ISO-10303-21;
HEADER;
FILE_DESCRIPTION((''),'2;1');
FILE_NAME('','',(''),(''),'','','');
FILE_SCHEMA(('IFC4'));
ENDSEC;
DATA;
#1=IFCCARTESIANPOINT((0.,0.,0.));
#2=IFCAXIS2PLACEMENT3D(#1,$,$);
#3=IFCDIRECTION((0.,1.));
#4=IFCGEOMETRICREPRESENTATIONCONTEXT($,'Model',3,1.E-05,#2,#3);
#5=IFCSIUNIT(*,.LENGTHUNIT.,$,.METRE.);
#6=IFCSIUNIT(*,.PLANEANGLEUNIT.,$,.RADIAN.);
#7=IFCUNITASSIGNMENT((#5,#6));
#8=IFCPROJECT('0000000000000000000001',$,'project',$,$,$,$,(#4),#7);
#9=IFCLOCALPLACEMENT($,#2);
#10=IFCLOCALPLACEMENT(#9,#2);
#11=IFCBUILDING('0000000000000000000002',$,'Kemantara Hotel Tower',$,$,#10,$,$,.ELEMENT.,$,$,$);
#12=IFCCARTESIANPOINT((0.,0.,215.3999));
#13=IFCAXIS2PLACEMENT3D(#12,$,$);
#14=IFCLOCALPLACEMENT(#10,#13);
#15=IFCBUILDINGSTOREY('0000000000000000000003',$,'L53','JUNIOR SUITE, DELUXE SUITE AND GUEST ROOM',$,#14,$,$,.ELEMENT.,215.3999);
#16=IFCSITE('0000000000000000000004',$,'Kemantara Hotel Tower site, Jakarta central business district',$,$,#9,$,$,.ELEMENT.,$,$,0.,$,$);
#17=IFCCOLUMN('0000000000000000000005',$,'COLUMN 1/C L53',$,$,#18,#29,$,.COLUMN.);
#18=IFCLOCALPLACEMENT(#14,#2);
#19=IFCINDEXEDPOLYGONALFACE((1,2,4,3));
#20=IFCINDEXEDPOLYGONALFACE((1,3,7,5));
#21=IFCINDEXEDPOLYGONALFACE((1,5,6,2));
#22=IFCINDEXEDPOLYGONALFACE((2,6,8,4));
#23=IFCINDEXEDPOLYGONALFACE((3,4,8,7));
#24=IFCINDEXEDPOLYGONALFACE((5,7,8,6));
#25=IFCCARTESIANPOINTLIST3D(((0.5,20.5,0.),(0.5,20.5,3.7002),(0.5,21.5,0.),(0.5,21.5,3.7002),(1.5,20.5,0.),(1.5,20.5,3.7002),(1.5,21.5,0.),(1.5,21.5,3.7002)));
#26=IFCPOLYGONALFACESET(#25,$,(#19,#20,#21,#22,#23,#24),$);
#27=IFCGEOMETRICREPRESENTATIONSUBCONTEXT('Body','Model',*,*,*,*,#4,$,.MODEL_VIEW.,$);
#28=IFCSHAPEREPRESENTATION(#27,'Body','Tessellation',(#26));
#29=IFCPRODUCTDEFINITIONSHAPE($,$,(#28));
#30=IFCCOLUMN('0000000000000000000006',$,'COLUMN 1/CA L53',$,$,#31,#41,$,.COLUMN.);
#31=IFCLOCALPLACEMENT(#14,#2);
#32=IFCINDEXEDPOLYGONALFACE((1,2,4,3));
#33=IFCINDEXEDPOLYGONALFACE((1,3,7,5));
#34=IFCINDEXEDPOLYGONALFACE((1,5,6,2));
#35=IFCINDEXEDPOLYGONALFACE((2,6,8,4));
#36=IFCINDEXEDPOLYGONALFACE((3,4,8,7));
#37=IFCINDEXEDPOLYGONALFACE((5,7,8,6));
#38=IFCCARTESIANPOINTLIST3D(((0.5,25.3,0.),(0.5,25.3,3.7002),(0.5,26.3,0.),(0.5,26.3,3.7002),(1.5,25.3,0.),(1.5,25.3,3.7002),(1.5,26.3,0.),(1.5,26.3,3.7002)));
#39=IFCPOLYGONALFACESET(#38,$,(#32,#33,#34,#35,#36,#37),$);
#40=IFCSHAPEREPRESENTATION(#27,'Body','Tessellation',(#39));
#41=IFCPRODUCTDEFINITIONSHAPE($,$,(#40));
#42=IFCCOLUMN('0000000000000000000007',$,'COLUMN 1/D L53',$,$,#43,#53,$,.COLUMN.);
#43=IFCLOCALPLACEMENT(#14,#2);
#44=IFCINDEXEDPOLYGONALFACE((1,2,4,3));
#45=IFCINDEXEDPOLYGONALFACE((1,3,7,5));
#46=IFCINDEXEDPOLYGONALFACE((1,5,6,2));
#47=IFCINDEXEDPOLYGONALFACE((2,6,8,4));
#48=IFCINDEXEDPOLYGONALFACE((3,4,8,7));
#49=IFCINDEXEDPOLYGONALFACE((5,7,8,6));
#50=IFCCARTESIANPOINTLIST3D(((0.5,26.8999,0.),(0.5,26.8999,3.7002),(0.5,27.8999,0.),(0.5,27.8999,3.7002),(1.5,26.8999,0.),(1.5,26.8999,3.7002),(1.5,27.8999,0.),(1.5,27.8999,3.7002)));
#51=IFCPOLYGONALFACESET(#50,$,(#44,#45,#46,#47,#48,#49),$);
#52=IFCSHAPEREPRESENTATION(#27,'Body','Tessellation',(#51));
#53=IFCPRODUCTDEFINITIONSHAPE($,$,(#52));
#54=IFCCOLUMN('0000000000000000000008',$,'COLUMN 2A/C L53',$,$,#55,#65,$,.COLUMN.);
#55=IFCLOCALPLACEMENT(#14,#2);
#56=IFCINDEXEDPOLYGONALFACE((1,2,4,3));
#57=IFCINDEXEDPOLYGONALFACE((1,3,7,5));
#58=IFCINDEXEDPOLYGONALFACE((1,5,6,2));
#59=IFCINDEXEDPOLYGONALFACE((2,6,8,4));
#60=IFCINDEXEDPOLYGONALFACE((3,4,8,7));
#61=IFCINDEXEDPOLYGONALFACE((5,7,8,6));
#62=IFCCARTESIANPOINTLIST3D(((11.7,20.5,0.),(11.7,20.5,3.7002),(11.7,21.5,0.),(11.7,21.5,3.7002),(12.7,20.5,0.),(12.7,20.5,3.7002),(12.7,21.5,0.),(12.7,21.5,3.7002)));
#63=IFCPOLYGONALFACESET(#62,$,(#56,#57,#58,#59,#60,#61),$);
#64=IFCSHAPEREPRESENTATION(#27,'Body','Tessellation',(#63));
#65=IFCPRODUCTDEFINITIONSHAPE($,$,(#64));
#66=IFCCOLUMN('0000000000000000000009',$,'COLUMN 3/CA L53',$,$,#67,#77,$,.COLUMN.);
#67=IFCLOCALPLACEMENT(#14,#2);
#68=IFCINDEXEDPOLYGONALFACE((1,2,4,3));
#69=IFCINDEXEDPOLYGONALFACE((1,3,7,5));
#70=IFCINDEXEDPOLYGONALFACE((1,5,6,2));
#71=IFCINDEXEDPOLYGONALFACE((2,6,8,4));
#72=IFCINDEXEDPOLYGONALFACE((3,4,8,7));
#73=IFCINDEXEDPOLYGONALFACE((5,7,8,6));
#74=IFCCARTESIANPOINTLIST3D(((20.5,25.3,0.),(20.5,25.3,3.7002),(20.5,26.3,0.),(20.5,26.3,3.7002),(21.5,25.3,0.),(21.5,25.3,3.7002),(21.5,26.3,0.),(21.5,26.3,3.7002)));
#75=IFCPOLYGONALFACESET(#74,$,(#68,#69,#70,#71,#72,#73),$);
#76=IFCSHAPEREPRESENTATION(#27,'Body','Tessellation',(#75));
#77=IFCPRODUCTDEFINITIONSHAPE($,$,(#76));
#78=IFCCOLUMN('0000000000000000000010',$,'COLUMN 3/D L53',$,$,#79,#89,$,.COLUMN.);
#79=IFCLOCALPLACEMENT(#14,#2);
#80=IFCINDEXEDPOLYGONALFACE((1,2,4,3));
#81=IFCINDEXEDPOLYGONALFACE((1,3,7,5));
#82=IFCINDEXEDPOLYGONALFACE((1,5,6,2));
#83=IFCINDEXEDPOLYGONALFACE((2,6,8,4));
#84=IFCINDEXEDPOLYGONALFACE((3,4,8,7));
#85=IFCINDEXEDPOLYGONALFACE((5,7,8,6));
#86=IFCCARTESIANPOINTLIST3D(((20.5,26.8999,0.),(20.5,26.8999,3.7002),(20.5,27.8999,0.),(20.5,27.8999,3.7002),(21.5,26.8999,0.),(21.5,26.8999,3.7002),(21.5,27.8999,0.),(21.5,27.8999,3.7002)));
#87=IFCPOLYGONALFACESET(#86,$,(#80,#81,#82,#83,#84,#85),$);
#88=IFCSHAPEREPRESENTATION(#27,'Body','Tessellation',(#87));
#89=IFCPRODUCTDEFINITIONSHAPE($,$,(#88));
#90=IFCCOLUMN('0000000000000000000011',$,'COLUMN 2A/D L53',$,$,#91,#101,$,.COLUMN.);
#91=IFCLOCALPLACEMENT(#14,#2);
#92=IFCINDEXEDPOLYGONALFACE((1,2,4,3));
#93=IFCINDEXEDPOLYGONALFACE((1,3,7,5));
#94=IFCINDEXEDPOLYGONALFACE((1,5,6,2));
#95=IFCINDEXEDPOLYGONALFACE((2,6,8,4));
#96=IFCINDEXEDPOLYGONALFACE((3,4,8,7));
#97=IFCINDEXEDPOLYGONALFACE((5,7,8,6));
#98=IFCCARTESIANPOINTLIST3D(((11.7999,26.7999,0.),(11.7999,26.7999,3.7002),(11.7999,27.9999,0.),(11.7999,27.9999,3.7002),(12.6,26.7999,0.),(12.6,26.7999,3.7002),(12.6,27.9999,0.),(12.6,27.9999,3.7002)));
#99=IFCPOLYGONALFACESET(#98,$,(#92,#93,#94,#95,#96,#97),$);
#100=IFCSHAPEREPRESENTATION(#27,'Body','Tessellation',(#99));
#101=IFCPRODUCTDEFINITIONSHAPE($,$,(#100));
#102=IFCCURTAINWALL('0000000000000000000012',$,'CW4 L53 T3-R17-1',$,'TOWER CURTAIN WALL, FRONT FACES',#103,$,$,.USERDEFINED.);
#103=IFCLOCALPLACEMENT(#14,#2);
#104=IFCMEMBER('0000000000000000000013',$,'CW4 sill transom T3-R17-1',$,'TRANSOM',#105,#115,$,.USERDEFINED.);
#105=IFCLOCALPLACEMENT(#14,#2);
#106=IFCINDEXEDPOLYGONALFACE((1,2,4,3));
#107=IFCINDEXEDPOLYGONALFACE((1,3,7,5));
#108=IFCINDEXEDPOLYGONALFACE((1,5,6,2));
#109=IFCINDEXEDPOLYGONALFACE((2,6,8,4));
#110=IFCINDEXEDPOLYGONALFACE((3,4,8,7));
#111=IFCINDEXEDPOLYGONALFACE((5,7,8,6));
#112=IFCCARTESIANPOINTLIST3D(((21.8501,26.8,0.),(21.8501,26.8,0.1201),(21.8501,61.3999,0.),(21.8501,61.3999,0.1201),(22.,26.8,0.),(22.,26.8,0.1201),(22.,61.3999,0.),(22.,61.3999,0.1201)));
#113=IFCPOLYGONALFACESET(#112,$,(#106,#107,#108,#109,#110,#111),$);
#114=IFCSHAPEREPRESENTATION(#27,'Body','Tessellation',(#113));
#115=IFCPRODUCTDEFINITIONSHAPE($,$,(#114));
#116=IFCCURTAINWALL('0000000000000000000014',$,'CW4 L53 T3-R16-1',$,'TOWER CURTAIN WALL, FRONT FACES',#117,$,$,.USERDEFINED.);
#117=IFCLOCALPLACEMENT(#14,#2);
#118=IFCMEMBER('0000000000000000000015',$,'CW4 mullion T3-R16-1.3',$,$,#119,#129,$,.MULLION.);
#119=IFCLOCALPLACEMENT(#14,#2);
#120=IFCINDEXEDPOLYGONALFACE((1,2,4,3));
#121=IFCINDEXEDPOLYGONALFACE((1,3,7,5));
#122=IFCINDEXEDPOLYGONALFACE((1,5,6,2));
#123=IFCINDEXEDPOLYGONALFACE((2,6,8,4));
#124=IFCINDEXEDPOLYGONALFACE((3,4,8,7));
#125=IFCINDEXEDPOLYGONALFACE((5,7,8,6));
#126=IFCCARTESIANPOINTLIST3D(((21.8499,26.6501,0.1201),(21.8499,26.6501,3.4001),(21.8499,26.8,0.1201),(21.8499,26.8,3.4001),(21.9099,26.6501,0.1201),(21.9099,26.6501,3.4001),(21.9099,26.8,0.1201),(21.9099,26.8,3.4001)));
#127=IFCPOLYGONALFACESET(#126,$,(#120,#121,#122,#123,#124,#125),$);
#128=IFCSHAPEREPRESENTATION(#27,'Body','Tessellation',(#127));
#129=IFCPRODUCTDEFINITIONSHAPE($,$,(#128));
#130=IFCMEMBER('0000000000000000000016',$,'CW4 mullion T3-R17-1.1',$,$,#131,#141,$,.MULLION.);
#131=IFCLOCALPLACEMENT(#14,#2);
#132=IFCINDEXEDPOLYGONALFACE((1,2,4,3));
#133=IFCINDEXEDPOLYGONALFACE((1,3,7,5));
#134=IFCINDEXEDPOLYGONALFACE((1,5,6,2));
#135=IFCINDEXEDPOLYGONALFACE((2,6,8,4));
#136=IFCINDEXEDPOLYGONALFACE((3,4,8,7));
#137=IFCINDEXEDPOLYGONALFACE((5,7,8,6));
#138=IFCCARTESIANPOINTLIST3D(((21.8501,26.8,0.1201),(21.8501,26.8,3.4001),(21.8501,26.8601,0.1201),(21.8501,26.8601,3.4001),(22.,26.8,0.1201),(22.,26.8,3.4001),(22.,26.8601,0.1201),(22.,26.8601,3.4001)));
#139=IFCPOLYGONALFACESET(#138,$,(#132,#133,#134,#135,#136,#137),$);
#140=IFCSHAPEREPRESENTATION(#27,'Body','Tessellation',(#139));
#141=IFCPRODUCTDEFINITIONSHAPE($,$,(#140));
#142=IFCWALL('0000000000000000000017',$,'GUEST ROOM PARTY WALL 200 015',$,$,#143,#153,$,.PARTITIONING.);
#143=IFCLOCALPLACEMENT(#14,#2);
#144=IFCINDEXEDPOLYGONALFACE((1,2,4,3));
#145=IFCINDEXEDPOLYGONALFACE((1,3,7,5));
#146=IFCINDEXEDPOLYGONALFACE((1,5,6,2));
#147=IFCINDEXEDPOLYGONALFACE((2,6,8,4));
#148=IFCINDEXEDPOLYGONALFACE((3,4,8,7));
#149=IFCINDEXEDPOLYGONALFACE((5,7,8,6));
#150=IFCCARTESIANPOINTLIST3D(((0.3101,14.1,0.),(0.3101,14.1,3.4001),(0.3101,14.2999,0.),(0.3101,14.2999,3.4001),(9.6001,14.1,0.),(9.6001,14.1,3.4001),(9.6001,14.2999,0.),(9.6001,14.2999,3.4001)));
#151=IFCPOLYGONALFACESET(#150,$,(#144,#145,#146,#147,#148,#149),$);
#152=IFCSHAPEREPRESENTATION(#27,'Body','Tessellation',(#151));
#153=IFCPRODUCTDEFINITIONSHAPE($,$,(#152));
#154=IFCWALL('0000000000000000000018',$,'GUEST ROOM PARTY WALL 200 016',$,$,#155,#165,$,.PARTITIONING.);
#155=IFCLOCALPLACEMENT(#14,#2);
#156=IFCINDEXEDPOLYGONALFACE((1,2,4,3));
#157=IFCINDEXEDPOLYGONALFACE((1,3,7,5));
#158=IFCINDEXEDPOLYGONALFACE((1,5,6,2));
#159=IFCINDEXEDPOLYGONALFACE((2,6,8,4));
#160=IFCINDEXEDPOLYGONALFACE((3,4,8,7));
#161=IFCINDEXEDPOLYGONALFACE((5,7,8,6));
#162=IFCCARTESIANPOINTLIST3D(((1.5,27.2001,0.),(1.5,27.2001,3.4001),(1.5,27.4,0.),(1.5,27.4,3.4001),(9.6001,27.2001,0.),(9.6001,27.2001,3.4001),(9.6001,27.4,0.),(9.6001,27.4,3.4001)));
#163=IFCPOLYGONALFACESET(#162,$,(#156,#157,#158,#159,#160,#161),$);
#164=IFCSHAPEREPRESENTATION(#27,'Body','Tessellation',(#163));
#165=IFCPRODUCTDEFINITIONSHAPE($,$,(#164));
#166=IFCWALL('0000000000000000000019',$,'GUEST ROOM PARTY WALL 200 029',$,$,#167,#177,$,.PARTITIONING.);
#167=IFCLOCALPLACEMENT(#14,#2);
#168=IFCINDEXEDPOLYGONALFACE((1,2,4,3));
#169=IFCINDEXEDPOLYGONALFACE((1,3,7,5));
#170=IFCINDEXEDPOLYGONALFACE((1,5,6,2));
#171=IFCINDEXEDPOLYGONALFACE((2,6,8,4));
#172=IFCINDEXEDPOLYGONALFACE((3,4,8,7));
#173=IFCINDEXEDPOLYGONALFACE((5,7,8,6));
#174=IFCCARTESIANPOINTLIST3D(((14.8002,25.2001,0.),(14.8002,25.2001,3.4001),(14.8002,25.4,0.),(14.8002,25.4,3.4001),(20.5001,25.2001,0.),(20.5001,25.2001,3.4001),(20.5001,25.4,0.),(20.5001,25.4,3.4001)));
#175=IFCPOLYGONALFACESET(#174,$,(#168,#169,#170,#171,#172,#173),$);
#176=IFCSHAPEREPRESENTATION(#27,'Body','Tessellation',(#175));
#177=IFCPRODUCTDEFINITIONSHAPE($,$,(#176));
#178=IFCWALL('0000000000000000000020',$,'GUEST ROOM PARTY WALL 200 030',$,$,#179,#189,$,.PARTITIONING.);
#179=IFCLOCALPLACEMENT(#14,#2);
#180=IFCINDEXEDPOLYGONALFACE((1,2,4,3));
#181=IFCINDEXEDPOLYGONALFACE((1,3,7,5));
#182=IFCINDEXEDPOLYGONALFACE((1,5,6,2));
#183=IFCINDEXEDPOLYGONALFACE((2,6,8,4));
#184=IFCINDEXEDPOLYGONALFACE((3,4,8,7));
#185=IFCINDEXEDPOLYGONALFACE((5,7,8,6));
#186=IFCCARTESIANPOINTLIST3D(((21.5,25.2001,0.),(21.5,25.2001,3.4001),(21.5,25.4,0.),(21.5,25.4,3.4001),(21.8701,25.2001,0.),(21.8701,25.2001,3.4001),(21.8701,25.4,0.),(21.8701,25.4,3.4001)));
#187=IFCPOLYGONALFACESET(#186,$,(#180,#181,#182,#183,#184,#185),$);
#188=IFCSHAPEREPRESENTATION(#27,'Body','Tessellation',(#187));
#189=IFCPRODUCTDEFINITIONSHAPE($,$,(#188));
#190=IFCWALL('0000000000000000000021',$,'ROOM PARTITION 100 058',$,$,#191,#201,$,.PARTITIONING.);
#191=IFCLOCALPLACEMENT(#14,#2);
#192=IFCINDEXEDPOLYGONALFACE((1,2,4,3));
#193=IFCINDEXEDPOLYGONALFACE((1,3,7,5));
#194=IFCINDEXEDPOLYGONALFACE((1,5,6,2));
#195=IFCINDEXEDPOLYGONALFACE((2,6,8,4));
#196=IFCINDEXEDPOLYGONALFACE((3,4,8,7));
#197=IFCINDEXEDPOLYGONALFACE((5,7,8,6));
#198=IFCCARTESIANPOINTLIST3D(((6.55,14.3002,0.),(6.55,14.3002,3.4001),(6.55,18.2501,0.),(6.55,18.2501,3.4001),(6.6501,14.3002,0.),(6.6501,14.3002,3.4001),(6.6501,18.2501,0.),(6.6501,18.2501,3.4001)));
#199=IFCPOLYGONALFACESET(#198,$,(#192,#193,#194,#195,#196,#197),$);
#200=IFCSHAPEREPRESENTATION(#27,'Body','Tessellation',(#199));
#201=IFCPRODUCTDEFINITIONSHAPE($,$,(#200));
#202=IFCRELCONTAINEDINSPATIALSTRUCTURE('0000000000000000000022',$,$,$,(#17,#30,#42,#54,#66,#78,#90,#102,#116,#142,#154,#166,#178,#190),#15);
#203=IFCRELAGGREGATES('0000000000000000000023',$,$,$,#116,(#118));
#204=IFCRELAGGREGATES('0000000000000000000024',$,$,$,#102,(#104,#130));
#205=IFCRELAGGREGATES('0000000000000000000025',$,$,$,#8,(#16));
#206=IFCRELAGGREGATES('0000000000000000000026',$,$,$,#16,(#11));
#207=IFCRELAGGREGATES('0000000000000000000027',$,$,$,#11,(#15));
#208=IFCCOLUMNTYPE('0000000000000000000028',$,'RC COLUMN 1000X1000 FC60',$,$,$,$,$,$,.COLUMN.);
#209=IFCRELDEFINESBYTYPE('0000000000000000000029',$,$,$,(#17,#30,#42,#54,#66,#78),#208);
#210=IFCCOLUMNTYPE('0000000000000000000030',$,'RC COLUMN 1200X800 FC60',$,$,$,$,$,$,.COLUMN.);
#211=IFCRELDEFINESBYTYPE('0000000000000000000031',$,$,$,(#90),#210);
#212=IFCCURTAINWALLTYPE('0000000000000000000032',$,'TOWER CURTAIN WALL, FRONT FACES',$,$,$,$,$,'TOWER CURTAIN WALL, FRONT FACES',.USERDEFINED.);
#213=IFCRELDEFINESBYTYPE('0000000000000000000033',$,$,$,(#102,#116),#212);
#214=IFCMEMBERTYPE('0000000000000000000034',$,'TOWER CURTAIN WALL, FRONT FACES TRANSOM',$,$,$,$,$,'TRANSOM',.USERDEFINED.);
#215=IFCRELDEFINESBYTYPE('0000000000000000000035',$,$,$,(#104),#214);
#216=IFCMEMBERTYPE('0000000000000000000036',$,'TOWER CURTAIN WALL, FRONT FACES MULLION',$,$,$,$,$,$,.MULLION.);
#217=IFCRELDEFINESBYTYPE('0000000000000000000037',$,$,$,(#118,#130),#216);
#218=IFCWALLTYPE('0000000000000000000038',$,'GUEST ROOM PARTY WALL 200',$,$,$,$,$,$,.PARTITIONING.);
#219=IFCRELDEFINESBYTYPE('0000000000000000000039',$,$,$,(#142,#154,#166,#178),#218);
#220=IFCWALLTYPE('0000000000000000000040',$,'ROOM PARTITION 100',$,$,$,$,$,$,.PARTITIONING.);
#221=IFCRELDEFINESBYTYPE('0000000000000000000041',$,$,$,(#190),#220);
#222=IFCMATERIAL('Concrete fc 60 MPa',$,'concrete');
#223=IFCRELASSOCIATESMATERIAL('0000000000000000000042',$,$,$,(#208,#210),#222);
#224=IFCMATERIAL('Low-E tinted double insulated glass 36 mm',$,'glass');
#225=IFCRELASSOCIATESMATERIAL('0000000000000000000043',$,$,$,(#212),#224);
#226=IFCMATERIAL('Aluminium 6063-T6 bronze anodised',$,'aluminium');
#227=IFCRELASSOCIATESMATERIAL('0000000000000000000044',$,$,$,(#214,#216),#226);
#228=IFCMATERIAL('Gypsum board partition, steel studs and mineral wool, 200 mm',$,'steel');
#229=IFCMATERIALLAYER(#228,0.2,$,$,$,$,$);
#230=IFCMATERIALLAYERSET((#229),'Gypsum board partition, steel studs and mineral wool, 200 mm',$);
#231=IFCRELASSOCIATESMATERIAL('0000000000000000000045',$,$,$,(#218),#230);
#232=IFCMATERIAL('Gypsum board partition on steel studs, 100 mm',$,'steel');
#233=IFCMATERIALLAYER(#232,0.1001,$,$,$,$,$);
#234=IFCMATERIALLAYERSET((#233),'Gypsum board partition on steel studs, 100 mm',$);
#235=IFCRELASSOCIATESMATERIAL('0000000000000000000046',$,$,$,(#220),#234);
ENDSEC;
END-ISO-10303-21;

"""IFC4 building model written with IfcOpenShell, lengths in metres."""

from ifc_helpers import new_model, si_unit, direction, frame, frame_2d, origin, origin_2d, place, context, subcontext, project, spatial, rectangle, extrude, source, transform, mapped, material, layer, layer_set, material_profile, profile_set, type_object, element, aggregate, save


model = new_model("IFC4")

# Units and contexts
model_context = context("Model", 3, precision=1e-05, world=origin(), true_north=direction((0.0, 1.0)))
body_context = subcontext(model_context, "Body", "Model", "MODEL_VIEW")
ifc_project = project(units=[si_unit("LENGTHUNIT", "METRE"), si_unit("PLANEANGLEUNIT", "RADIAN")], contexts=[model_context])

# Site, building, storey
site_placement = place(None, origin())
site = spatial("IfcSite", under=ifc_project, at=site_placement, Name="Kemantara Hotel Tower site, Jakarta central business district", CompositionType="ELEMENT", RefElevation=0.0)
building_placement = place(site_placement, origin())
building = spatial("IfcBuilding", under=site, at=building_placement, Name="Kemantara Hotel Tower", CompositionType="ELEMENT")
storey_placement = place(building_placement, frame((0.0, 0.0, 215.3999)))
storey = spatial("IfcBuildingStorey", under=building, at=storey_placement, Name="L53", Description="JUNIOR SUITE, DELUXE SUITE AND GUEST ROOM", CompositionType="ELEMENT", Elevation=215.3999)

# Columns
ifc_material_1 = material(Name="Concrete fc 60 MPa", Category="concrete")
ifc_material_profile_1 = material_profile(ifc_material_1, rectangle(XDim=1.0, YDim=1.0, at=origin_2d()), Name="RC 1000X1000")
ifc_profile_set_1 = profile_set([ifc_material_profile_1], Name="Concrete fc 60 MPa")
column_type_1 = type_object("IfcColumnType", Name="RC COLUMN 1000X1000 FC60", PredefinedType="COLUMN", material=ifc_profile_set_1)
for number, where, z_axis, x_axis, name in (
    (1, (1.0, 21.0, 0.0), (0.0, 0.0, 1.0), (1.0, 0.0, 0.0), "COLUMN 1/C L53"),
    (2, (1.0, 25.8, 0.0), (0.0, 0.0, 1.0), (1.0, 0.0, 0.0), "COLUMN 1/CA L53"),
    (3, (1.0, 27.3999, 0.0), (0.0, 0.0, 1.0), (1.0, 0.0, 0.0), "COLUMN 1/D L53"),
    (4, (12.2, 21.0, 0.0), (0.0, 0.0, 1.0), (1.0, 0.0, 0.0), "COLUMN 2A/C L53"),
    (5, (21.0, 25.8, 0.0), (0.0, 0.0, 1.0), (1.0, 0.0, 0.0), "COLUMN 3/CA L53"),
    (6, (21.0, 27.3999, 0.0), (0.0, 0.0, 1.0), (1.0, 0.0, 0.0), "COLUMN 3/D L53"),
):
    element("IfcColumn", number, at=place(storey_placement, frame(where, z_axis=z_axis, x_axis=x_axis)), inside=storey, type_object=column_type_1, Name=name, PredefinedType="COLUMN", context=body_context, shape_type="SweptSolid", body=[
        extrude(rectangle(XDim=1.0, YDim=1.0, at=origin_2d()), origin(), (0.0, 0.0, 1.0), 3.7002),
    ])
ifc_material_profile_2 = material_profile(ifc_material_1, rectangle(XDim=1.2, YDim=0.8, at=origin_2d()), Name="RC 1200X800")
ifc_profile_set_2 = profile_set([ifc_material_profile_2], Name="Concrete fc 60 MPa")
column_type_2 = type_object("IfcColumnType", Name="RC COLUMN 1200X800 FC60", PredefinedType="COLUMN", material=ifc_profile_set_2)
column_placement = place(storey_placement, frame((12.2, 27.3999, 0.0), z_axis=(0.0, 0.0, 1.0), x_axis=(0.0, 1.0, 0.0)))
element("IfcColumn", 7, at=column_placement, inside=storey, type_object=column_type_2, Name="COLUMN 2A/D L53", PredefinedType="COLUMN", context=body_context, shape_type="SweptSolid", body=[
    extrude(rectangle(XDim=1.2, YDim=0.8, at=origin_2d()), origin(), (0.0, 0.0, 1.0), 3.7002),
])

# Curtain walls, members
ifc_material_2 = material(Name="Low-E tinted double insulated glass 36 mm", Category="glass")
curtain_wall_type = type_object("IfcCurtainWallType", Name="TOWER CURTAIN WALL, FRONT FACES", ElementType="TOWER CURTAIN WALL, FRONT FACES", PredefinedType="USERDEFINED", material=ifc_material_2)
curtain_wall_1_placement = place(storey_placement, origin())
curtain_wall_1 = element("IfcCurtainWall", 8, at=curtain_wall_1_placement, inside=storey, type_object=curtain_wall_type, Name="CW4 L53 T3-R17-1", ObjectType="TOWER CURTAIN WALL, FRONT FACES", PredefinedType="USERDEFINED")
ifc_material_3 = material(Name="Aluminium 6063-T6 bronze anodised", Category="aluminium")
ifc_material_profile_3 = material_profile(ifc_material_3, rectangle(XDim=0.1499, YDim=0.1201, at=origin_2d()), Name="TOWER CURTAIN WALL, FRONT FACES TRANSOM")
ifc_profile_set_3 = profile_set([ifc_material_profile_3], Name="Aluminium 6063-T6 bronze anodised")
member_type_1 = type_object("IfcMemberType", Name="TOWER CURTAIN WALL, FRONT FACES TRANSOM", ElementType="TRANSOM", PredefinedType="USERDEFINED", material=ifc_profile_set_3)
member_1_placement = place(storey_placement, frame((21.925, 26.8, 0.0601), z_axis=(0.0, 1.0, 0.0), x_axis=(-1.0, 0.0, 0.0)))
member_1 = element("IfcMember", 9, at=member_1_placement, type_object=member_type_1, Name="CW4 sill transom T3-R17-1", ObjectType="TRANSOM", PredefinedType="USERDEFINED", context=body_context, shape_type="SweptSolid", body=[
    extrude(rectangle(XDim=0.1499, YDim=0.1201, at=origin_2d()), origin(), (0.0, 0.0, 1.0), 34.5999),
])
curtain_wall_2_placement = place(storey_placement, origin())
curtain_wall_2 = element("IfcCurtainWall", 10, at=curtain_wall_2_placement, inside=storey, type_object=curtain_wall_type, Name="CW4 L53 T3-R16-1", ObjectType="TOWER CURTAIN WALL, FRONT FACES", PredefinedType="USERDEFINED")
ifc_material_profile_4 = material_profile(ifc_material_3, rectangle(XDim=0.1499, YDim=0.0601, at=origin_2d()), Name="TOWER CURTAIN WALL, FRONT FACES MULLION")
ifc_profile_set_4 = profile_set([ifc_material_profile_4], Name="Aluminium 6063-T6 bronze anodised")
member_type_2 = type_object("IfcMemberType", Name="TOWER CURTAIN WALL, FRONT FACES MULLION", PredefinedType="MULLION", material=ifc_profile_set_4)
shared_shape_1 = source(origin(), body_context, "Body", "SweptSolid", [
    extrude(rectangle(XDim=0.1499, YDim=0.0601, at=origin_2d()), origin(), (0.0, 0.0, 1.0), 3.28),
])
member_2_placement = place(storey_placement, frame((21.8799, 26.7251, 0.1201), z_axis=(0.0, 0.0, 1.0), x_axis=(0.0, -1.0, 0.0)))
member_2 = element("IfcMember", 11, at=member_2_placement, type_object=member_type_2, Name="CW4 mullion T3-R16-1.3", PredefinedType="MULLION", context=body_context, shape_type="MappedRepresentation", body=[
    mapped(shared_shape_1, transform((0.0, 0.0, 0.0))),
])
aggregate(curtain_wall_2, [member_2])

# Member
member_3_placement = place(storey_placement, frame((21.925, 26.8301, 0.1201), z_axis=(0.0, 0.0, 1.0), x_axis=(-1.0, 0.0, 0.0)))
member_3 = element("IfcMember", 12, at=member_3_placement, type_object=member_type_2, Name="CW4 mullion T3-R17-1.1", PredefinedType="MULLION", context=body_context, shape_type="MappedRepresentation", body=[
    mapped(shared_shape_1, transform((0.0, 0.0, 0.0))),
])
aggregate(curtain_wall_1, [member_1, member_3])

# Walls
ifc_material_4 = material(Name="Gypsum board partition, steel studs and mineral wool, 200 mm", Category="steel")
ifc_layer_1 = layer(ifc_material_4, 0.2)
ifc_layer_set_1 = layer_set([ifc_layer_1], Name="Gypsum board partition, steel studs and mineral wool, 200 mm")
wall_type_1 = type_object("IfcWallType", Name="GUEST ROOM PARTY WALL 200", PredefinedType="PARTITIONING", material=ifc_layer_set_1)
wall_1_placement = place(storey_placement, frame((0.3101, 14.2, 0.0), z_axis=(0.0, 0.0, 1.0), x_axis=(1.0, 0.0, 0.0)))
element("IfcWall", 13, at=wall_1_placement, inside=storey, type_object=wall_type_1, Name="GUEST ROOM PARTY WALL 200 015", PredefinedType="PARTITIONING", context=body_context, shape_type="SweptSolid", body=[
    extrude(rectangle(XDim=9.29, YDim=0.2, at=frame_2d((4.645, 0.0))), origin(), (0.0, 0.0, 1.0), 3.4001),
])
wall_2_placement = place(storey_placement, frame((1.5, 27.3, 0.0), z_axis=(0.0, 0.0, 1.0), x_axis=(1.0, 0.0, 0.0)))
element("IfcWall", 14, at=wall_2_placement, inside=storey, type_object=wall_type_1, Name="GUEST ROOM PARTY WALL 200 016", PredefinedType="PARTITIONING", context=body_context, shape_type="SweptSolid", body=[
    extrude(rectangle(XDim=8.1001, YDim=0.2, at=frame_2d((4.05, 0.0))), origin(), (0.0, 0.0, 1.0), 3.4001),
])
wall_3_placement = place(storey_placement, frame((14.8, 25.3, 0.0), z_axis=(0.0, 0.0, 1.0), x_axis=(1.0, 0.0, 0.0)))
element("IfcWall", 15, at=wall_3_placement, inside=storey, type_object=wall_type_1, Name="GUEST ROOM PARTY WALL 200 029", PredefinedType="PARTITIONING", context=body_context, shape_type="SweptSolid", body=[
    extrude(rectangle(XDim=5.7, YDim=0.2, at=frame_2d((2.8501, 0.0))), origin(), (0.0, 0.0, 1.0), 3.4001),
])
wall_4_placement = place(storey_placement, frame((21.5, 25.3, 0.0), z_axis=(0.0, 0.0, 1.0), x_axis=(1.0, 0.0, 0.0)))
element("IfcWall", 16, at=wall_4_placement, inside=storey, type_object=wall_type_1, Name="GUEST ROOM PARTY WALL 200 030", PredefinedType="PARTITIONING", context=body_context, shape_type="SweptSolid", body=[
    extrude(rectangle(XDim=0.3701, YDim=0.2, at=frame_2d((0.1851, 0.0))), origin(), (0.0, 0.0, 1.0), 3.4001),
])
ifc_material_5 = material(Name="Gypsum board partition on steel studs, 100 mm", Category="steel")
ifc_layer_2 = layer(ifc_material_5, 0.1001)
ifc_layer_set_2 = layer_set([ifc_layer_2], Name="Gypsum board partition on steel studs, 100 mm")
wall_type_2 = type_object("IfcWallType", Name="ROOM PARTITION 100", PredefinedType="PARTITIONING", material=ifc_layer_set_2)
wall_5_placement = place(storey_placement, frame((6.6001, 14.3, 0.0), z_axis=(0.0, 0.0, 1.0), x_axis=(0.0, 1.0, 0.0)))
element("IfcWall", 17, at=wall_5_placement, inside=storey, type_object=wall_type_2, Name="ROOM PARTITION 100 058", PredefinedType="PARTITIONING", context=body_context, shape_type="SweptSolid", body=[
    extrude(rectangle(XDim=3.95, YDim=0.1001, at=frame_2d((1.9751, 0.0))), origin(), (0.0, 0.0, 1.0), 3.4001),
])

save(model, "model.ifc")
